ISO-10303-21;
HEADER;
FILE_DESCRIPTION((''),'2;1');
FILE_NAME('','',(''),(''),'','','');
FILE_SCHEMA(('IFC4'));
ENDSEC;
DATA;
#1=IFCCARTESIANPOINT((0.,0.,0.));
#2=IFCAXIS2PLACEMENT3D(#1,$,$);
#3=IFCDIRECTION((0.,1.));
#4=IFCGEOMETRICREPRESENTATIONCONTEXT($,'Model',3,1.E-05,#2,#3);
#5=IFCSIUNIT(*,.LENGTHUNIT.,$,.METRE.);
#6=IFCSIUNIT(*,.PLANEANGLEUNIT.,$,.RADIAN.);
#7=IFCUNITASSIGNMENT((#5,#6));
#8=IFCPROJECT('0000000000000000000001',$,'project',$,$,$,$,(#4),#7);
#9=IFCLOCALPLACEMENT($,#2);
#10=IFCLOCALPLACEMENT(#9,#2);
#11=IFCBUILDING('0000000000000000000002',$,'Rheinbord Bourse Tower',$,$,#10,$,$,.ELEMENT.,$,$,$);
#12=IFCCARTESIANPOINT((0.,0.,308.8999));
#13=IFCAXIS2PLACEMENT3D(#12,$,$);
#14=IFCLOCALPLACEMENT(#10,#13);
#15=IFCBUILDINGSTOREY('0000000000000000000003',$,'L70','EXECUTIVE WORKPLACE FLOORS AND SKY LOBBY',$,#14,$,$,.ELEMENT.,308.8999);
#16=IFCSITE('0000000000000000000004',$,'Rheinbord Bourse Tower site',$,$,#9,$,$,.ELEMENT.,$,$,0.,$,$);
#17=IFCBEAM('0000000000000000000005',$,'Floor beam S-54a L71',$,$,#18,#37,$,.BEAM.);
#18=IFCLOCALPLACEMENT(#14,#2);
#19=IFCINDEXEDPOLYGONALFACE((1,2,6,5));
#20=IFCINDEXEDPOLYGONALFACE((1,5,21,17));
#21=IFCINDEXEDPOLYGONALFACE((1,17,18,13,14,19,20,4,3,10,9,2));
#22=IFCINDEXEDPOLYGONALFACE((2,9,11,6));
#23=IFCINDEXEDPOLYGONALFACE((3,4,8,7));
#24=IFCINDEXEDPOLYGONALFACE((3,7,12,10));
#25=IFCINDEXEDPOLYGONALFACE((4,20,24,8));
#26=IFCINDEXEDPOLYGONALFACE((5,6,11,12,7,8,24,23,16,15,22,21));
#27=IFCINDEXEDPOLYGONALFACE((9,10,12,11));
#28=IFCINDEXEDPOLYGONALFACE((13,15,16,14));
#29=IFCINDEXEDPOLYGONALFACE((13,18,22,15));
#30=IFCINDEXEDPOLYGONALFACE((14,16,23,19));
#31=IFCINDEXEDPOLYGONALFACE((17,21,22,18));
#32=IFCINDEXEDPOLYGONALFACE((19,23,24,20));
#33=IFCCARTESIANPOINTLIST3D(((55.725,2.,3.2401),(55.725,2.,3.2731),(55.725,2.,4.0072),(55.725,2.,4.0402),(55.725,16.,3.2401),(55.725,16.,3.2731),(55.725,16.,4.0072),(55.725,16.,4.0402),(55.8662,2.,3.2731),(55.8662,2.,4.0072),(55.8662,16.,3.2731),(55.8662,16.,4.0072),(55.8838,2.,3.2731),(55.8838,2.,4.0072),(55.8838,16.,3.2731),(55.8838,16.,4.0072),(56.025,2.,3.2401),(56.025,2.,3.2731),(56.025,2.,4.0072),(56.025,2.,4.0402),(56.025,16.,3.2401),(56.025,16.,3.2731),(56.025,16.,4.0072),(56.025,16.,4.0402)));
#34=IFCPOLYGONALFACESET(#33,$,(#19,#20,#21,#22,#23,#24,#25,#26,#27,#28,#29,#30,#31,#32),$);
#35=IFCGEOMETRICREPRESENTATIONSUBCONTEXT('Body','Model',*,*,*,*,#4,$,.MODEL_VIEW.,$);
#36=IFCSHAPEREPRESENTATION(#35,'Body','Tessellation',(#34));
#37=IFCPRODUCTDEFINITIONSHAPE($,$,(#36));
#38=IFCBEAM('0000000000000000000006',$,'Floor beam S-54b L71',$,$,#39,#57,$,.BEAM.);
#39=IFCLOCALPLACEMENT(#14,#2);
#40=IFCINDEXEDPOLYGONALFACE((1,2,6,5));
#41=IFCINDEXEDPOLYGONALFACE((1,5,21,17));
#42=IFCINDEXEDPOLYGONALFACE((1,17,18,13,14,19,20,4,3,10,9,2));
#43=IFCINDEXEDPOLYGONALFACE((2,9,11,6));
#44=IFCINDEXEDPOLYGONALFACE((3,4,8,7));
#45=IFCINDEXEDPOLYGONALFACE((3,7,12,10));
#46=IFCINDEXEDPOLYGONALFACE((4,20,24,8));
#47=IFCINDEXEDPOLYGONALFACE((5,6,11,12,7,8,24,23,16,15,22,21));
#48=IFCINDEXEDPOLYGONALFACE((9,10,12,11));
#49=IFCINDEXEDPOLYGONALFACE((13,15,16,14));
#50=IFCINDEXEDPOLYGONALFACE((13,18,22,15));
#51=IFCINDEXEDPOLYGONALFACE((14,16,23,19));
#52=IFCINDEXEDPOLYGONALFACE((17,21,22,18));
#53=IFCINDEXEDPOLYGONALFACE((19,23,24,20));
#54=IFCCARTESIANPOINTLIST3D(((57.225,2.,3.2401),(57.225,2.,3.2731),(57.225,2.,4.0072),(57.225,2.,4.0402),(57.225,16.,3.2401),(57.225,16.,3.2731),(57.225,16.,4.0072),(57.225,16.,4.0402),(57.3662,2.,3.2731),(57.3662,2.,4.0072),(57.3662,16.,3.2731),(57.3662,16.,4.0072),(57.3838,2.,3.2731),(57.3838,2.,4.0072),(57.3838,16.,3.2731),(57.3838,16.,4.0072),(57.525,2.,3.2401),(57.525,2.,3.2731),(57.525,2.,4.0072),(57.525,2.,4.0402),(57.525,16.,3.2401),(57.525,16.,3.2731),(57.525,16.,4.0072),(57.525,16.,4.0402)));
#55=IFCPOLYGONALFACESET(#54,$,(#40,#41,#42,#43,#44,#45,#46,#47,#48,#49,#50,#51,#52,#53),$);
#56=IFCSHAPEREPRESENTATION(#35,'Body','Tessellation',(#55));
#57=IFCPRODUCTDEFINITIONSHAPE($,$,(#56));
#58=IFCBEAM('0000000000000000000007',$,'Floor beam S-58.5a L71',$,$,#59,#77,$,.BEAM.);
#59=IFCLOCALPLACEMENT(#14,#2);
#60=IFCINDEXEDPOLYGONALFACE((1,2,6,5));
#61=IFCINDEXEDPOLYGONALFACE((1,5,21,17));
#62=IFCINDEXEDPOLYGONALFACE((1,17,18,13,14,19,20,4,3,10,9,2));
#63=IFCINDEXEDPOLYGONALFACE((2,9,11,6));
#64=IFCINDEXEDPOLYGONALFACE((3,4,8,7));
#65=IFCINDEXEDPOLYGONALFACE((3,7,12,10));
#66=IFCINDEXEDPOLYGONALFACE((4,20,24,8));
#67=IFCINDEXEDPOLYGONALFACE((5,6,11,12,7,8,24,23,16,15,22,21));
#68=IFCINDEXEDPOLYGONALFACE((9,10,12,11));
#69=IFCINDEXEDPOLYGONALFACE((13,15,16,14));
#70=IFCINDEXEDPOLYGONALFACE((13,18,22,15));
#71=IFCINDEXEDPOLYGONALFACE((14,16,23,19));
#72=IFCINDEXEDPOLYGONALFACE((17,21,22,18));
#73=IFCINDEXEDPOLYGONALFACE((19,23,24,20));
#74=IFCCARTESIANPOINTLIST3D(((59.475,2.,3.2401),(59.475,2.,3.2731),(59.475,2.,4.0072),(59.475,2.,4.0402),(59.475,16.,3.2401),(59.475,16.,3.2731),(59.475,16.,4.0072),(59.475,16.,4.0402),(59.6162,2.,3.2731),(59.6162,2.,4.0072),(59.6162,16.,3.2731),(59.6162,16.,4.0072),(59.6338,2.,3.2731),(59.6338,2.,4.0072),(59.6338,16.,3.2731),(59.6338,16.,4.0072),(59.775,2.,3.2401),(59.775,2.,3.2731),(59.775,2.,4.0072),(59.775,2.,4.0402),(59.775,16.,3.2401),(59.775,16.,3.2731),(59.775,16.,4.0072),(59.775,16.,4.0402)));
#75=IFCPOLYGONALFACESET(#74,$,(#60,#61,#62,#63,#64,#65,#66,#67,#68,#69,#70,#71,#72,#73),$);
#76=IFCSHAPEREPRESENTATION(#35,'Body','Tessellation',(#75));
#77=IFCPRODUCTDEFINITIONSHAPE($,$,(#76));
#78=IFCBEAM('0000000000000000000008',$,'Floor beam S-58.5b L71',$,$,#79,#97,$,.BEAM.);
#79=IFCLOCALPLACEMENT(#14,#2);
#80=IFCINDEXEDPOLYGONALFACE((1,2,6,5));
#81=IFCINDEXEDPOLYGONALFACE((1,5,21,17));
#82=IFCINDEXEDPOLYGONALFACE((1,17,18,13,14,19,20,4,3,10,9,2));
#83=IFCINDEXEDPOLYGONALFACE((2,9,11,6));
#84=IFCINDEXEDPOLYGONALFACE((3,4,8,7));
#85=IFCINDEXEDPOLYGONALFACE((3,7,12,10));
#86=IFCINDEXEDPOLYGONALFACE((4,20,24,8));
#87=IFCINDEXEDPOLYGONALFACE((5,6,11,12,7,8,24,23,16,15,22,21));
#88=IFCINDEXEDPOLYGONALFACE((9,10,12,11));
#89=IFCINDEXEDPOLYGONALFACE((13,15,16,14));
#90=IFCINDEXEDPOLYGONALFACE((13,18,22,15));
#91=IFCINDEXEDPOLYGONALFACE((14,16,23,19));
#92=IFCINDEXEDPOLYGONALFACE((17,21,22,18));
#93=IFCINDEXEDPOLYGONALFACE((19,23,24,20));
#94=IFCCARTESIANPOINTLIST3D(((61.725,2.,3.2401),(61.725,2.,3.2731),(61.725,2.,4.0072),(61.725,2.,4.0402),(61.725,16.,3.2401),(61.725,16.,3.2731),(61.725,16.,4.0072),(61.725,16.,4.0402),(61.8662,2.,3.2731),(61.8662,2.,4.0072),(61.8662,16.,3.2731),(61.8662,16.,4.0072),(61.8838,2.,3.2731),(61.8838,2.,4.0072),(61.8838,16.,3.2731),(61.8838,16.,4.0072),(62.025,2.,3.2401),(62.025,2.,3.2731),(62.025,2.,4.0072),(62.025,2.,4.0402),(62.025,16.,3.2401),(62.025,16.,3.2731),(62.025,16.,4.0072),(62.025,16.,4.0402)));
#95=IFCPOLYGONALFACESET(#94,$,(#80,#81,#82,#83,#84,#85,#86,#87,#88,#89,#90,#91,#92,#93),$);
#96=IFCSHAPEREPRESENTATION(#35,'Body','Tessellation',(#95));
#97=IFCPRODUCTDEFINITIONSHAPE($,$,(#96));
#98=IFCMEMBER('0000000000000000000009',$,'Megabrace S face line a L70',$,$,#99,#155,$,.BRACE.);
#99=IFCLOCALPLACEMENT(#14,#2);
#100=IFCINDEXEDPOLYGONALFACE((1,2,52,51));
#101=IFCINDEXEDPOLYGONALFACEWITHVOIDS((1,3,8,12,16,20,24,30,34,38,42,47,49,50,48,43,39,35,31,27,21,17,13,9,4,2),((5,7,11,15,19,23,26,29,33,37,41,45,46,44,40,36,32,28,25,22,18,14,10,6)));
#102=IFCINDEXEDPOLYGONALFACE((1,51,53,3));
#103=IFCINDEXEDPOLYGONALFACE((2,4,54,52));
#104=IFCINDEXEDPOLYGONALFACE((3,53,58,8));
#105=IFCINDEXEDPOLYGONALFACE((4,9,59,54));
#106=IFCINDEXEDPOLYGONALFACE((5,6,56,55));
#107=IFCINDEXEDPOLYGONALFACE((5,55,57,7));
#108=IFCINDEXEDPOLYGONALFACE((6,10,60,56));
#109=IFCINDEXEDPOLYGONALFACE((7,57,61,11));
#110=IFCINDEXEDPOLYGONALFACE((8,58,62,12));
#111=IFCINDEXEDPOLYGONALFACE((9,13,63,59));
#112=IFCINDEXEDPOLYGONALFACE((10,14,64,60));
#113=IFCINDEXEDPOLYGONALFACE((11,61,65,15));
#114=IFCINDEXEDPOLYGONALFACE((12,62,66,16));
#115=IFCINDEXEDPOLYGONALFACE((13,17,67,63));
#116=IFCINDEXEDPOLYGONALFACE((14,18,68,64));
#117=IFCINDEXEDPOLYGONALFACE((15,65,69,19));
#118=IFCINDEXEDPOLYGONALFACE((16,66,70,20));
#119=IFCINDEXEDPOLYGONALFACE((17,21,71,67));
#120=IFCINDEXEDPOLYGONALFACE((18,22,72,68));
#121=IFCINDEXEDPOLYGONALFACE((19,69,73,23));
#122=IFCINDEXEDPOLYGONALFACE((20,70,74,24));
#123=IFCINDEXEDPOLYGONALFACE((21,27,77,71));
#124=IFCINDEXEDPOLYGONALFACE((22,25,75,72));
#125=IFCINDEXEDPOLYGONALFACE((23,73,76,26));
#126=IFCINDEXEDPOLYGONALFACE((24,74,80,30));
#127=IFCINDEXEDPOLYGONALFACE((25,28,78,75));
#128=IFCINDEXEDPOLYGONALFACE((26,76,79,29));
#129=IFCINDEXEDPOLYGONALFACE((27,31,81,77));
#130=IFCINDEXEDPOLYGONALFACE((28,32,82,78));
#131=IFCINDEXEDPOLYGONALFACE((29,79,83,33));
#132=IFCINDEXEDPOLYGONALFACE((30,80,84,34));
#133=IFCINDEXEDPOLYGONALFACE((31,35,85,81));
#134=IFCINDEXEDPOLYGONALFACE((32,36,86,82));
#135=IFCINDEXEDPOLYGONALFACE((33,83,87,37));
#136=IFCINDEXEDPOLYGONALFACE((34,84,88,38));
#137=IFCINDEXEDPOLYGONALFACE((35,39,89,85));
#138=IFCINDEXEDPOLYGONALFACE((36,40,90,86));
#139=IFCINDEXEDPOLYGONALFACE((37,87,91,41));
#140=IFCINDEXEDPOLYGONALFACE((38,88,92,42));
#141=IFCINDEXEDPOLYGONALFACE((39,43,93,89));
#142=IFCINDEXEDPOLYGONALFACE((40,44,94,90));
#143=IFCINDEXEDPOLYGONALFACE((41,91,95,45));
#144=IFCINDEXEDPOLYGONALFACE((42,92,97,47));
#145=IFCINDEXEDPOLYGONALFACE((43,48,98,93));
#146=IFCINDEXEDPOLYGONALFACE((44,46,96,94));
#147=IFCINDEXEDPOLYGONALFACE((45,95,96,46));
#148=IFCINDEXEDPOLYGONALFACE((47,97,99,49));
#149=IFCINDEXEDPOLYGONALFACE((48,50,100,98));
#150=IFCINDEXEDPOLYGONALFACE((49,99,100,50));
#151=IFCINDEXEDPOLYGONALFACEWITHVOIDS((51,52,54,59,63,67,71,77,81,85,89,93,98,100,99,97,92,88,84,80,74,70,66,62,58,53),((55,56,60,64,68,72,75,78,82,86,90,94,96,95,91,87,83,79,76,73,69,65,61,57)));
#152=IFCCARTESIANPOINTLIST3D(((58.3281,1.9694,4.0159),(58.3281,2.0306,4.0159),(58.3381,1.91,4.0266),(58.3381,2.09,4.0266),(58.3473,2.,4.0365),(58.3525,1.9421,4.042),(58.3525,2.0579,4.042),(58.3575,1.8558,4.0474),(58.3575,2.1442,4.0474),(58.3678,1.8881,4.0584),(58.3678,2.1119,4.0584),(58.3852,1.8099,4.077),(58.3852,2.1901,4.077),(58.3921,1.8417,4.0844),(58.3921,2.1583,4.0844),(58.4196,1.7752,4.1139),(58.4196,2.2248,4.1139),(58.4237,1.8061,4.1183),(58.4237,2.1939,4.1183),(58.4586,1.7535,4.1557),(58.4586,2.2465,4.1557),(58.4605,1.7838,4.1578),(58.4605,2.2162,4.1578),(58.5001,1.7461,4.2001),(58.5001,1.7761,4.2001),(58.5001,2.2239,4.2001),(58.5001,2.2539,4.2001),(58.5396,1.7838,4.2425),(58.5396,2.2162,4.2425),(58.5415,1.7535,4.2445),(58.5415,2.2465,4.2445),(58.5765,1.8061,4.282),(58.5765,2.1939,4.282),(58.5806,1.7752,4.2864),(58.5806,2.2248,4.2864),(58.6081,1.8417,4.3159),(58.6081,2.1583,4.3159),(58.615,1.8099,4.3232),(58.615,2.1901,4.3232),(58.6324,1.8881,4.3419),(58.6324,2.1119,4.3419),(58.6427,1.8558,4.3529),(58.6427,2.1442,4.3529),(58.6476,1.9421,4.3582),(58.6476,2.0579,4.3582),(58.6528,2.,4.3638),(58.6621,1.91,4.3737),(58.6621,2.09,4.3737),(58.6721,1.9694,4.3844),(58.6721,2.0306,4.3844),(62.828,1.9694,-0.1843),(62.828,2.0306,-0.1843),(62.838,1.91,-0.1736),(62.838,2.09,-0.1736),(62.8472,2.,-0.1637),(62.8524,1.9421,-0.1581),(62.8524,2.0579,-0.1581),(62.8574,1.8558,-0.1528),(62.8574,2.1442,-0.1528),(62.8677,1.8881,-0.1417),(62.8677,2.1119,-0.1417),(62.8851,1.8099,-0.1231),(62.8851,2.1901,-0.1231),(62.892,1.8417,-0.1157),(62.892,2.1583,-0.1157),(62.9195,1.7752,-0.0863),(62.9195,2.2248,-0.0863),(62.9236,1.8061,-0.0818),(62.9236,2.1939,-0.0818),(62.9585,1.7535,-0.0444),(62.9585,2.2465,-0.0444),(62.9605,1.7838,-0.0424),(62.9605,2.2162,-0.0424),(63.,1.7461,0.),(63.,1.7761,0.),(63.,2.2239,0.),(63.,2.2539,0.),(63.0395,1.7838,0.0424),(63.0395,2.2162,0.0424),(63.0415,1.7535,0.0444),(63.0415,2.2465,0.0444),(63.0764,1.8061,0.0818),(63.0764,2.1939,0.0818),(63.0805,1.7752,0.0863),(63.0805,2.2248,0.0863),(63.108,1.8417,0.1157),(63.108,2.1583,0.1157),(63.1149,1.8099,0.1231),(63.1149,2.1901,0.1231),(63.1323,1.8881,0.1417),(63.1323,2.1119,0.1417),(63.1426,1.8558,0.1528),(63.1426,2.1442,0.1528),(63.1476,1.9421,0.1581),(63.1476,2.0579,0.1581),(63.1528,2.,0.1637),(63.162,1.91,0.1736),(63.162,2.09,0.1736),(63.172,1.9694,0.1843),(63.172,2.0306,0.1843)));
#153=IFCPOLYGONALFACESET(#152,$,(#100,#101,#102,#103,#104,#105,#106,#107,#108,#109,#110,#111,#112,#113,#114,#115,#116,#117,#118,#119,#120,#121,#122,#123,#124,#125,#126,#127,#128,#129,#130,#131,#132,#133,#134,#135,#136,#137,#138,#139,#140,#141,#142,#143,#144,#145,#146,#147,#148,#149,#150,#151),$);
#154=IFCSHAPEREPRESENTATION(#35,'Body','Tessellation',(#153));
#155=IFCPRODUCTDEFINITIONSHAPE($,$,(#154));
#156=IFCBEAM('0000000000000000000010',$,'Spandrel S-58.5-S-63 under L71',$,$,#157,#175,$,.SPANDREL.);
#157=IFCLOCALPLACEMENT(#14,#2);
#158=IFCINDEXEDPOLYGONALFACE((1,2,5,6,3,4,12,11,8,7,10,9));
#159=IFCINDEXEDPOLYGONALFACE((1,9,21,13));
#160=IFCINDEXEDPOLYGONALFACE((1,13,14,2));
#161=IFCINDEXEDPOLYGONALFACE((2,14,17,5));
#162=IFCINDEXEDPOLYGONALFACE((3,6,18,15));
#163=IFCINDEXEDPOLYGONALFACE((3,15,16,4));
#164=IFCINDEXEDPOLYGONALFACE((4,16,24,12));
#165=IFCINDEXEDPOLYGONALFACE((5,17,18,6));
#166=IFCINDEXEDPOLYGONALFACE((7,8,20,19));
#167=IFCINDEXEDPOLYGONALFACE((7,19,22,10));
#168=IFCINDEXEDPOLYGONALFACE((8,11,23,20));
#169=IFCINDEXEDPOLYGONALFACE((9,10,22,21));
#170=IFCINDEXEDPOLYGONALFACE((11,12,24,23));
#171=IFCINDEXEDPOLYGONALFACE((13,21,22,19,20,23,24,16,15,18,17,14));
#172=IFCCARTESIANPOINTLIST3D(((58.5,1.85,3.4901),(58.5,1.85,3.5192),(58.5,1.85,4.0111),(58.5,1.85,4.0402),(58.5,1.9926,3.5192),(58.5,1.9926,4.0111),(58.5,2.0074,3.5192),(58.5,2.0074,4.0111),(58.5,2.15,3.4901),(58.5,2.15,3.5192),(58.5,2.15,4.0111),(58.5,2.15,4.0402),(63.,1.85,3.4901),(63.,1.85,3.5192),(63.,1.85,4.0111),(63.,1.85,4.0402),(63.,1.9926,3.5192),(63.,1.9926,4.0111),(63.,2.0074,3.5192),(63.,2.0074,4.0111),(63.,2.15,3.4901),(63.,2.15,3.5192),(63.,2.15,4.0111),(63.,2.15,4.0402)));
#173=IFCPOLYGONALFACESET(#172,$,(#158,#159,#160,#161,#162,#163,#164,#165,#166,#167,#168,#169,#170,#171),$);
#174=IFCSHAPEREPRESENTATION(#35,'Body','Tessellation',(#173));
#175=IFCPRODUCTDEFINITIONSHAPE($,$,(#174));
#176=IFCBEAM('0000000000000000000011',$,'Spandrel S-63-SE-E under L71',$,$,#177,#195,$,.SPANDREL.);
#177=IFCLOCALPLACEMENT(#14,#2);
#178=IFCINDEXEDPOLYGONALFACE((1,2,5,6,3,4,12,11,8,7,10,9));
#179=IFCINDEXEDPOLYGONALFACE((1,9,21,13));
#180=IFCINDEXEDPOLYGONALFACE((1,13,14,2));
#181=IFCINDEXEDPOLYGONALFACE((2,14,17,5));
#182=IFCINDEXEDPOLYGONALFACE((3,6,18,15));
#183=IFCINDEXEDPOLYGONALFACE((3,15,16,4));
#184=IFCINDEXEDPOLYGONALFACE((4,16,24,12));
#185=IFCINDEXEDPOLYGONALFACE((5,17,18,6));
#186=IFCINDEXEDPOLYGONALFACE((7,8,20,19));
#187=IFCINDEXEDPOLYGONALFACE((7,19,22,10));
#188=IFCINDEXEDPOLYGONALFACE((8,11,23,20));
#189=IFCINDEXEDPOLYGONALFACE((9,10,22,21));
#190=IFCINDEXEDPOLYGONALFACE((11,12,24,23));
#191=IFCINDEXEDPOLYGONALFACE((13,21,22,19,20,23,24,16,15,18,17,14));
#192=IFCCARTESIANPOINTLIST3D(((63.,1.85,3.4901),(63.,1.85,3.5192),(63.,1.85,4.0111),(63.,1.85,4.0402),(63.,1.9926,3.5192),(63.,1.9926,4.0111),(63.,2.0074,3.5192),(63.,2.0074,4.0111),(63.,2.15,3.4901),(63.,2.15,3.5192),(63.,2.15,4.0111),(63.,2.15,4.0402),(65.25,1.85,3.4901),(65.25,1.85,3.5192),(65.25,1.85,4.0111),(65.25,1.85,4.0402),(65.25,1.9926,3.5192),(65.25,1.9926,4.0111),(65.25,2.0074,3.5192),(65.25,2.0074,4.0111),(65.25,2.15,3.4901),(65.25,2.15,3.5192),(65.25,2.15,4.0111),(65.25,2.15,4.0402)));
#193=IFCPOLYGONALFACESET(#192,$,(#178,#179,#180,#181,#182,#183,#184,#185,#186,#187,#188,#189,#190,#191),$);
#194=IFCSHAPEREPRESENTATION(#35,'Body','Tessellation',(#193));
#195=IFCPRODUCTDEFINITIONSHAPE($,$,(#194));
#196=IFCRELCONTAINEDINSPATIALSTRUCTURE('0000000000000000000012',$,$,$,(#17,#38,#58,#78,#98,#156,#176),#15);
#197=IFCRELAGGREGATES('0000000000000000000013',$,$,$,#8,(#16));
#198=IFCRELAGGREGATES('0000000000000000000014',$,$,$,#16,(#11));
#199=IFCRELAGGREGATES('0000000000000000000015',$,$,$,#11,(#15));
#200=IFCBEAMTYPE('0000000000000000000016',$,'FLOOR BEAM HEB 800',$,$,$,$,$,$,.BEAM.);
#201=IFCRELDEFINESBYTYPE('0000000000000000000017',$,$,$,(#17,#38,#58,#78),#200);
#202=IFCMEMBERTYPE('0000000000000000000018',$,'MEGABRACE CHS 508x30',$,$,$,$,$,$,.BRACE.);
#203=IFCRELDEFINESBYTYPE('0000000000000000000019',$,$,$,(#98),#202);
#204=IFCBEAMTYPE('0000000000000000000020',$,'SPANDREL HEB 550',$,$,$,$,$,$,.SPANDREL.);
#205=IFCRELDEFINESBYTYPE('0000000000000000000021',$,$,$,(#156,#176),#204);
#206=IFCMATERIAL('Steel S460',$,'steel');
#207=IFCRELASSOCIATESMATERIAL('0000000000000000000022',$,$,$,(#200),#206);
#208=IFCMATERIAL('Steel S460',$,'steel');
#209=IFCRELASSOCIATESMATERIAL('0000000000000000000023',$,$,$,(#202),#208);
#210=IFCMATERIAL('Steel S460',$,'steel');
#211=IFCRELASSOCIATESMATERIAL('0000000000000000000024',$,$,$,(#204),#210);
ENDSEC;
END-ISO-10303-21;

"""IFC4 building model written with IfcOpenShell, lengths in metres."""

from ifc_helpers import new_model, si_unit, direction, frame, origin, origin_2d, place, context, subcontext, project, spatial, hollow_circle, i_section, extrude, material, material_profile, profile_set, type_object, element, save


model = new_model("IFC4")

# Units and contexts
model_context = context("Model", 3, precision=1e-05, world=origin(), true_north=direction((0.0, 1.0)))
body_context = subcontext(model_context, "Body", "Model", "MODEL_VIEW")
ifc_project = project(units=[si_unit("LENGTHUNIT", "METRE"), si_unit("PLANEANGLEUNIT", "RADIAN")], contexts=[model_context])

# Site, building, storey
site_placement = place(None, origin())
site = spatial("IfcSite", under=ifc_project, at=site_placement, Name="Rheinbord Bourse Tower site", CompositionType="ELEMENT", RefElevation=0.0)
building_placement = place(site_placement, origin())
building = spatial("IfcBuilding", under=site, at=building_placement, Name="Rheinbord Bourse Tower", CompositionType="ELEMENT")
storey_placement = place(building_placement, frame((0.0, 0.0, 308.8999)))
storey = spatial("IfcBuildingStorey", under=building, at=storey_placement, Name="L70", Description="EXECUTIVE WORKPLACE FLOORS AND SKY LOBBY", CompositionType="ELEMENT", Elevation=308.8999)

# Beams
ifc_material_1 = material(Name="Steel S460", Category="steel")
ifc_material_profile_1 = material_profile(ifc_material_1, i_section(OverallWidth=0.3, OverallDepth=0.8, WebThickness=0.0176, FlangeThickness=0.033, at=origin_2d()), Name="HEB 800")
ifc_profile_set_1 = profile_set([ifc_material_profile_1], Name="Steel S460")
beam_type_1 = type_object("IfcBeamType", Name="FLOOR BEAM HEB 800", PredefinedType="BEAM", material=ifc_profile_set_1)
for number, where, z_axis, x_axis, name in (
    (1, (55.875, 2.0, 3.6401), (0.0, 1.0, 0.0), (-1.0, 0.0, 0.0), "Floor beam S-54a L71"),
    (2, (57.375, 2.0, 3.6401), (0.0, 1.0, 0.0), (-1.0, 0.0, 0.0), "Floor beam S-54b L71"),
    (3, (59.625, 2.0, 3.6401), (0.0, 1.0, 0.0), (-1.0, 0.0, 0.0), "Floor beam S-58.5a L71"),
    (4, (61.875, 2.0, 3.6401), (0.0, 1.0, 0.0), (-1.0, 0.0, 0.0), "Floor beam S-58.5b L71"),
):
    element("IfcBeam", number, at=place(storey_placement, frame(where, z_axis=z_axis, x_axis=x_axis)), inside=storey, type_object=beam_type_1, Name=name, PredefinedType="BEAM", context=body_context, shape_type="SweptSolid", body=[
        extrude(i_section(OverallWidth=0.3, OverallDepth=0.8, WebThickness=0.0176, FlangeThickness=0.033, at=origin_2d()), origin(), (0.0, 0.0, 1.0), 14.0),
    ])

# Member
ifc_material_2 = material(Name="Steel S460", Category="steel")
ifc_material_profile_2 = material_profile(ifc_material_2, hollow_circle(Radius=0.2539, WallThickness=0.03, at=origin_2d()), Name="CHS 508x30")
ifc_profile_set_2 = profile_set([ifc_material_profile_2], Name="Steel S460")
member_type_1 = type_object("IfcMemberType", Name="MEGABRACE CHS 508x30", PredefinedType="BRACE", material=ifc_profile_set_2)
member_1_placement = place(storey_placement, frame((63.0, 2.0, 0.0), z_axis=(-0.731039, 0.0, 0.682335), x_axis=(0.0, -1.0, 0.0)))
element("IfcMember", 5, at=member_1_placement, inside=storey, type_object=member_type_1, Name="Megabrace S face line a L70", PredefinedType="BRACE", context=body_context, shape_type="SweptSolid", body=[
    extrude(hollow_circle(Radius=0.2539, WallThickness=0.03, at=origin_2d()), origin(), (0.0, 0.0, 1.0), 6.1555),
])

# Beams
ifc_material_3 = material(Name="Steel S460", Category="steel")
ifc_material_profile_3 = material_profile(ifc_material_3, i_section(OverallWidth=0.3, OverallDepth=0.55, WebThickness=0.0149, FlangeThickness=0.0291, at=origin_2d()), Name="HEB 550")
ifc_profile_set_3 = profile_set([ifc_material_profile_3], Name="Steel S460")
beam_type_2 = type_object("IfcBeamType", Name="SPANDREL HEB 550", PredefinedType="SPANDREL", material=ifc_profile_set_3)
beam_1_placement = place(storey_placement, frame((58.5, 2.0, 3.7651), z_axis=(1.0, 0.0, 0.0), x_axis=(0.0, 1.0, 0.0)))
element("IfcBeam", 6, at=beam_1_placement, inside=storey, type_object=beam_type_2, Name="Spandrel S-58.5-S-63 under L71", PredefinedType="SPANDREL", context=body_context, shape_type="SweptSolid", body=[
    extrude(i_section(OverallWidth=0.3, OverallDepth=0.55, WebThickness=0.0149, FlangeThickness=0.0291, at=origin_2d()), origin(), (0.0, 0.0, 1.0), 4.5),
])
beam_2_placement = place(storey_placement, frame((63.0, 2.0, 3.7651), z_axis=(1.0, 0.0, 0.0), x_axis=(0.0, 1.0, 0.0)))
element("IfcBeam", 7, at=beam_2_placement, inside=storey, type_object=beam_type_2, Name="Spandrel S-63-SE-E under L71", PredefinedType="SPANDREL", context=body_context, shape_type="SweptSolid", body=[
    extrude(i_section(OverallWidth=0.3, OverallDepth=0.55, WebThickness=0.0149, FlangeThickness=0.0291, at=origin_2d()), origin(), (0.0, 0.0, 1.0), 2.25),
])

save(model, "model.ifc")
